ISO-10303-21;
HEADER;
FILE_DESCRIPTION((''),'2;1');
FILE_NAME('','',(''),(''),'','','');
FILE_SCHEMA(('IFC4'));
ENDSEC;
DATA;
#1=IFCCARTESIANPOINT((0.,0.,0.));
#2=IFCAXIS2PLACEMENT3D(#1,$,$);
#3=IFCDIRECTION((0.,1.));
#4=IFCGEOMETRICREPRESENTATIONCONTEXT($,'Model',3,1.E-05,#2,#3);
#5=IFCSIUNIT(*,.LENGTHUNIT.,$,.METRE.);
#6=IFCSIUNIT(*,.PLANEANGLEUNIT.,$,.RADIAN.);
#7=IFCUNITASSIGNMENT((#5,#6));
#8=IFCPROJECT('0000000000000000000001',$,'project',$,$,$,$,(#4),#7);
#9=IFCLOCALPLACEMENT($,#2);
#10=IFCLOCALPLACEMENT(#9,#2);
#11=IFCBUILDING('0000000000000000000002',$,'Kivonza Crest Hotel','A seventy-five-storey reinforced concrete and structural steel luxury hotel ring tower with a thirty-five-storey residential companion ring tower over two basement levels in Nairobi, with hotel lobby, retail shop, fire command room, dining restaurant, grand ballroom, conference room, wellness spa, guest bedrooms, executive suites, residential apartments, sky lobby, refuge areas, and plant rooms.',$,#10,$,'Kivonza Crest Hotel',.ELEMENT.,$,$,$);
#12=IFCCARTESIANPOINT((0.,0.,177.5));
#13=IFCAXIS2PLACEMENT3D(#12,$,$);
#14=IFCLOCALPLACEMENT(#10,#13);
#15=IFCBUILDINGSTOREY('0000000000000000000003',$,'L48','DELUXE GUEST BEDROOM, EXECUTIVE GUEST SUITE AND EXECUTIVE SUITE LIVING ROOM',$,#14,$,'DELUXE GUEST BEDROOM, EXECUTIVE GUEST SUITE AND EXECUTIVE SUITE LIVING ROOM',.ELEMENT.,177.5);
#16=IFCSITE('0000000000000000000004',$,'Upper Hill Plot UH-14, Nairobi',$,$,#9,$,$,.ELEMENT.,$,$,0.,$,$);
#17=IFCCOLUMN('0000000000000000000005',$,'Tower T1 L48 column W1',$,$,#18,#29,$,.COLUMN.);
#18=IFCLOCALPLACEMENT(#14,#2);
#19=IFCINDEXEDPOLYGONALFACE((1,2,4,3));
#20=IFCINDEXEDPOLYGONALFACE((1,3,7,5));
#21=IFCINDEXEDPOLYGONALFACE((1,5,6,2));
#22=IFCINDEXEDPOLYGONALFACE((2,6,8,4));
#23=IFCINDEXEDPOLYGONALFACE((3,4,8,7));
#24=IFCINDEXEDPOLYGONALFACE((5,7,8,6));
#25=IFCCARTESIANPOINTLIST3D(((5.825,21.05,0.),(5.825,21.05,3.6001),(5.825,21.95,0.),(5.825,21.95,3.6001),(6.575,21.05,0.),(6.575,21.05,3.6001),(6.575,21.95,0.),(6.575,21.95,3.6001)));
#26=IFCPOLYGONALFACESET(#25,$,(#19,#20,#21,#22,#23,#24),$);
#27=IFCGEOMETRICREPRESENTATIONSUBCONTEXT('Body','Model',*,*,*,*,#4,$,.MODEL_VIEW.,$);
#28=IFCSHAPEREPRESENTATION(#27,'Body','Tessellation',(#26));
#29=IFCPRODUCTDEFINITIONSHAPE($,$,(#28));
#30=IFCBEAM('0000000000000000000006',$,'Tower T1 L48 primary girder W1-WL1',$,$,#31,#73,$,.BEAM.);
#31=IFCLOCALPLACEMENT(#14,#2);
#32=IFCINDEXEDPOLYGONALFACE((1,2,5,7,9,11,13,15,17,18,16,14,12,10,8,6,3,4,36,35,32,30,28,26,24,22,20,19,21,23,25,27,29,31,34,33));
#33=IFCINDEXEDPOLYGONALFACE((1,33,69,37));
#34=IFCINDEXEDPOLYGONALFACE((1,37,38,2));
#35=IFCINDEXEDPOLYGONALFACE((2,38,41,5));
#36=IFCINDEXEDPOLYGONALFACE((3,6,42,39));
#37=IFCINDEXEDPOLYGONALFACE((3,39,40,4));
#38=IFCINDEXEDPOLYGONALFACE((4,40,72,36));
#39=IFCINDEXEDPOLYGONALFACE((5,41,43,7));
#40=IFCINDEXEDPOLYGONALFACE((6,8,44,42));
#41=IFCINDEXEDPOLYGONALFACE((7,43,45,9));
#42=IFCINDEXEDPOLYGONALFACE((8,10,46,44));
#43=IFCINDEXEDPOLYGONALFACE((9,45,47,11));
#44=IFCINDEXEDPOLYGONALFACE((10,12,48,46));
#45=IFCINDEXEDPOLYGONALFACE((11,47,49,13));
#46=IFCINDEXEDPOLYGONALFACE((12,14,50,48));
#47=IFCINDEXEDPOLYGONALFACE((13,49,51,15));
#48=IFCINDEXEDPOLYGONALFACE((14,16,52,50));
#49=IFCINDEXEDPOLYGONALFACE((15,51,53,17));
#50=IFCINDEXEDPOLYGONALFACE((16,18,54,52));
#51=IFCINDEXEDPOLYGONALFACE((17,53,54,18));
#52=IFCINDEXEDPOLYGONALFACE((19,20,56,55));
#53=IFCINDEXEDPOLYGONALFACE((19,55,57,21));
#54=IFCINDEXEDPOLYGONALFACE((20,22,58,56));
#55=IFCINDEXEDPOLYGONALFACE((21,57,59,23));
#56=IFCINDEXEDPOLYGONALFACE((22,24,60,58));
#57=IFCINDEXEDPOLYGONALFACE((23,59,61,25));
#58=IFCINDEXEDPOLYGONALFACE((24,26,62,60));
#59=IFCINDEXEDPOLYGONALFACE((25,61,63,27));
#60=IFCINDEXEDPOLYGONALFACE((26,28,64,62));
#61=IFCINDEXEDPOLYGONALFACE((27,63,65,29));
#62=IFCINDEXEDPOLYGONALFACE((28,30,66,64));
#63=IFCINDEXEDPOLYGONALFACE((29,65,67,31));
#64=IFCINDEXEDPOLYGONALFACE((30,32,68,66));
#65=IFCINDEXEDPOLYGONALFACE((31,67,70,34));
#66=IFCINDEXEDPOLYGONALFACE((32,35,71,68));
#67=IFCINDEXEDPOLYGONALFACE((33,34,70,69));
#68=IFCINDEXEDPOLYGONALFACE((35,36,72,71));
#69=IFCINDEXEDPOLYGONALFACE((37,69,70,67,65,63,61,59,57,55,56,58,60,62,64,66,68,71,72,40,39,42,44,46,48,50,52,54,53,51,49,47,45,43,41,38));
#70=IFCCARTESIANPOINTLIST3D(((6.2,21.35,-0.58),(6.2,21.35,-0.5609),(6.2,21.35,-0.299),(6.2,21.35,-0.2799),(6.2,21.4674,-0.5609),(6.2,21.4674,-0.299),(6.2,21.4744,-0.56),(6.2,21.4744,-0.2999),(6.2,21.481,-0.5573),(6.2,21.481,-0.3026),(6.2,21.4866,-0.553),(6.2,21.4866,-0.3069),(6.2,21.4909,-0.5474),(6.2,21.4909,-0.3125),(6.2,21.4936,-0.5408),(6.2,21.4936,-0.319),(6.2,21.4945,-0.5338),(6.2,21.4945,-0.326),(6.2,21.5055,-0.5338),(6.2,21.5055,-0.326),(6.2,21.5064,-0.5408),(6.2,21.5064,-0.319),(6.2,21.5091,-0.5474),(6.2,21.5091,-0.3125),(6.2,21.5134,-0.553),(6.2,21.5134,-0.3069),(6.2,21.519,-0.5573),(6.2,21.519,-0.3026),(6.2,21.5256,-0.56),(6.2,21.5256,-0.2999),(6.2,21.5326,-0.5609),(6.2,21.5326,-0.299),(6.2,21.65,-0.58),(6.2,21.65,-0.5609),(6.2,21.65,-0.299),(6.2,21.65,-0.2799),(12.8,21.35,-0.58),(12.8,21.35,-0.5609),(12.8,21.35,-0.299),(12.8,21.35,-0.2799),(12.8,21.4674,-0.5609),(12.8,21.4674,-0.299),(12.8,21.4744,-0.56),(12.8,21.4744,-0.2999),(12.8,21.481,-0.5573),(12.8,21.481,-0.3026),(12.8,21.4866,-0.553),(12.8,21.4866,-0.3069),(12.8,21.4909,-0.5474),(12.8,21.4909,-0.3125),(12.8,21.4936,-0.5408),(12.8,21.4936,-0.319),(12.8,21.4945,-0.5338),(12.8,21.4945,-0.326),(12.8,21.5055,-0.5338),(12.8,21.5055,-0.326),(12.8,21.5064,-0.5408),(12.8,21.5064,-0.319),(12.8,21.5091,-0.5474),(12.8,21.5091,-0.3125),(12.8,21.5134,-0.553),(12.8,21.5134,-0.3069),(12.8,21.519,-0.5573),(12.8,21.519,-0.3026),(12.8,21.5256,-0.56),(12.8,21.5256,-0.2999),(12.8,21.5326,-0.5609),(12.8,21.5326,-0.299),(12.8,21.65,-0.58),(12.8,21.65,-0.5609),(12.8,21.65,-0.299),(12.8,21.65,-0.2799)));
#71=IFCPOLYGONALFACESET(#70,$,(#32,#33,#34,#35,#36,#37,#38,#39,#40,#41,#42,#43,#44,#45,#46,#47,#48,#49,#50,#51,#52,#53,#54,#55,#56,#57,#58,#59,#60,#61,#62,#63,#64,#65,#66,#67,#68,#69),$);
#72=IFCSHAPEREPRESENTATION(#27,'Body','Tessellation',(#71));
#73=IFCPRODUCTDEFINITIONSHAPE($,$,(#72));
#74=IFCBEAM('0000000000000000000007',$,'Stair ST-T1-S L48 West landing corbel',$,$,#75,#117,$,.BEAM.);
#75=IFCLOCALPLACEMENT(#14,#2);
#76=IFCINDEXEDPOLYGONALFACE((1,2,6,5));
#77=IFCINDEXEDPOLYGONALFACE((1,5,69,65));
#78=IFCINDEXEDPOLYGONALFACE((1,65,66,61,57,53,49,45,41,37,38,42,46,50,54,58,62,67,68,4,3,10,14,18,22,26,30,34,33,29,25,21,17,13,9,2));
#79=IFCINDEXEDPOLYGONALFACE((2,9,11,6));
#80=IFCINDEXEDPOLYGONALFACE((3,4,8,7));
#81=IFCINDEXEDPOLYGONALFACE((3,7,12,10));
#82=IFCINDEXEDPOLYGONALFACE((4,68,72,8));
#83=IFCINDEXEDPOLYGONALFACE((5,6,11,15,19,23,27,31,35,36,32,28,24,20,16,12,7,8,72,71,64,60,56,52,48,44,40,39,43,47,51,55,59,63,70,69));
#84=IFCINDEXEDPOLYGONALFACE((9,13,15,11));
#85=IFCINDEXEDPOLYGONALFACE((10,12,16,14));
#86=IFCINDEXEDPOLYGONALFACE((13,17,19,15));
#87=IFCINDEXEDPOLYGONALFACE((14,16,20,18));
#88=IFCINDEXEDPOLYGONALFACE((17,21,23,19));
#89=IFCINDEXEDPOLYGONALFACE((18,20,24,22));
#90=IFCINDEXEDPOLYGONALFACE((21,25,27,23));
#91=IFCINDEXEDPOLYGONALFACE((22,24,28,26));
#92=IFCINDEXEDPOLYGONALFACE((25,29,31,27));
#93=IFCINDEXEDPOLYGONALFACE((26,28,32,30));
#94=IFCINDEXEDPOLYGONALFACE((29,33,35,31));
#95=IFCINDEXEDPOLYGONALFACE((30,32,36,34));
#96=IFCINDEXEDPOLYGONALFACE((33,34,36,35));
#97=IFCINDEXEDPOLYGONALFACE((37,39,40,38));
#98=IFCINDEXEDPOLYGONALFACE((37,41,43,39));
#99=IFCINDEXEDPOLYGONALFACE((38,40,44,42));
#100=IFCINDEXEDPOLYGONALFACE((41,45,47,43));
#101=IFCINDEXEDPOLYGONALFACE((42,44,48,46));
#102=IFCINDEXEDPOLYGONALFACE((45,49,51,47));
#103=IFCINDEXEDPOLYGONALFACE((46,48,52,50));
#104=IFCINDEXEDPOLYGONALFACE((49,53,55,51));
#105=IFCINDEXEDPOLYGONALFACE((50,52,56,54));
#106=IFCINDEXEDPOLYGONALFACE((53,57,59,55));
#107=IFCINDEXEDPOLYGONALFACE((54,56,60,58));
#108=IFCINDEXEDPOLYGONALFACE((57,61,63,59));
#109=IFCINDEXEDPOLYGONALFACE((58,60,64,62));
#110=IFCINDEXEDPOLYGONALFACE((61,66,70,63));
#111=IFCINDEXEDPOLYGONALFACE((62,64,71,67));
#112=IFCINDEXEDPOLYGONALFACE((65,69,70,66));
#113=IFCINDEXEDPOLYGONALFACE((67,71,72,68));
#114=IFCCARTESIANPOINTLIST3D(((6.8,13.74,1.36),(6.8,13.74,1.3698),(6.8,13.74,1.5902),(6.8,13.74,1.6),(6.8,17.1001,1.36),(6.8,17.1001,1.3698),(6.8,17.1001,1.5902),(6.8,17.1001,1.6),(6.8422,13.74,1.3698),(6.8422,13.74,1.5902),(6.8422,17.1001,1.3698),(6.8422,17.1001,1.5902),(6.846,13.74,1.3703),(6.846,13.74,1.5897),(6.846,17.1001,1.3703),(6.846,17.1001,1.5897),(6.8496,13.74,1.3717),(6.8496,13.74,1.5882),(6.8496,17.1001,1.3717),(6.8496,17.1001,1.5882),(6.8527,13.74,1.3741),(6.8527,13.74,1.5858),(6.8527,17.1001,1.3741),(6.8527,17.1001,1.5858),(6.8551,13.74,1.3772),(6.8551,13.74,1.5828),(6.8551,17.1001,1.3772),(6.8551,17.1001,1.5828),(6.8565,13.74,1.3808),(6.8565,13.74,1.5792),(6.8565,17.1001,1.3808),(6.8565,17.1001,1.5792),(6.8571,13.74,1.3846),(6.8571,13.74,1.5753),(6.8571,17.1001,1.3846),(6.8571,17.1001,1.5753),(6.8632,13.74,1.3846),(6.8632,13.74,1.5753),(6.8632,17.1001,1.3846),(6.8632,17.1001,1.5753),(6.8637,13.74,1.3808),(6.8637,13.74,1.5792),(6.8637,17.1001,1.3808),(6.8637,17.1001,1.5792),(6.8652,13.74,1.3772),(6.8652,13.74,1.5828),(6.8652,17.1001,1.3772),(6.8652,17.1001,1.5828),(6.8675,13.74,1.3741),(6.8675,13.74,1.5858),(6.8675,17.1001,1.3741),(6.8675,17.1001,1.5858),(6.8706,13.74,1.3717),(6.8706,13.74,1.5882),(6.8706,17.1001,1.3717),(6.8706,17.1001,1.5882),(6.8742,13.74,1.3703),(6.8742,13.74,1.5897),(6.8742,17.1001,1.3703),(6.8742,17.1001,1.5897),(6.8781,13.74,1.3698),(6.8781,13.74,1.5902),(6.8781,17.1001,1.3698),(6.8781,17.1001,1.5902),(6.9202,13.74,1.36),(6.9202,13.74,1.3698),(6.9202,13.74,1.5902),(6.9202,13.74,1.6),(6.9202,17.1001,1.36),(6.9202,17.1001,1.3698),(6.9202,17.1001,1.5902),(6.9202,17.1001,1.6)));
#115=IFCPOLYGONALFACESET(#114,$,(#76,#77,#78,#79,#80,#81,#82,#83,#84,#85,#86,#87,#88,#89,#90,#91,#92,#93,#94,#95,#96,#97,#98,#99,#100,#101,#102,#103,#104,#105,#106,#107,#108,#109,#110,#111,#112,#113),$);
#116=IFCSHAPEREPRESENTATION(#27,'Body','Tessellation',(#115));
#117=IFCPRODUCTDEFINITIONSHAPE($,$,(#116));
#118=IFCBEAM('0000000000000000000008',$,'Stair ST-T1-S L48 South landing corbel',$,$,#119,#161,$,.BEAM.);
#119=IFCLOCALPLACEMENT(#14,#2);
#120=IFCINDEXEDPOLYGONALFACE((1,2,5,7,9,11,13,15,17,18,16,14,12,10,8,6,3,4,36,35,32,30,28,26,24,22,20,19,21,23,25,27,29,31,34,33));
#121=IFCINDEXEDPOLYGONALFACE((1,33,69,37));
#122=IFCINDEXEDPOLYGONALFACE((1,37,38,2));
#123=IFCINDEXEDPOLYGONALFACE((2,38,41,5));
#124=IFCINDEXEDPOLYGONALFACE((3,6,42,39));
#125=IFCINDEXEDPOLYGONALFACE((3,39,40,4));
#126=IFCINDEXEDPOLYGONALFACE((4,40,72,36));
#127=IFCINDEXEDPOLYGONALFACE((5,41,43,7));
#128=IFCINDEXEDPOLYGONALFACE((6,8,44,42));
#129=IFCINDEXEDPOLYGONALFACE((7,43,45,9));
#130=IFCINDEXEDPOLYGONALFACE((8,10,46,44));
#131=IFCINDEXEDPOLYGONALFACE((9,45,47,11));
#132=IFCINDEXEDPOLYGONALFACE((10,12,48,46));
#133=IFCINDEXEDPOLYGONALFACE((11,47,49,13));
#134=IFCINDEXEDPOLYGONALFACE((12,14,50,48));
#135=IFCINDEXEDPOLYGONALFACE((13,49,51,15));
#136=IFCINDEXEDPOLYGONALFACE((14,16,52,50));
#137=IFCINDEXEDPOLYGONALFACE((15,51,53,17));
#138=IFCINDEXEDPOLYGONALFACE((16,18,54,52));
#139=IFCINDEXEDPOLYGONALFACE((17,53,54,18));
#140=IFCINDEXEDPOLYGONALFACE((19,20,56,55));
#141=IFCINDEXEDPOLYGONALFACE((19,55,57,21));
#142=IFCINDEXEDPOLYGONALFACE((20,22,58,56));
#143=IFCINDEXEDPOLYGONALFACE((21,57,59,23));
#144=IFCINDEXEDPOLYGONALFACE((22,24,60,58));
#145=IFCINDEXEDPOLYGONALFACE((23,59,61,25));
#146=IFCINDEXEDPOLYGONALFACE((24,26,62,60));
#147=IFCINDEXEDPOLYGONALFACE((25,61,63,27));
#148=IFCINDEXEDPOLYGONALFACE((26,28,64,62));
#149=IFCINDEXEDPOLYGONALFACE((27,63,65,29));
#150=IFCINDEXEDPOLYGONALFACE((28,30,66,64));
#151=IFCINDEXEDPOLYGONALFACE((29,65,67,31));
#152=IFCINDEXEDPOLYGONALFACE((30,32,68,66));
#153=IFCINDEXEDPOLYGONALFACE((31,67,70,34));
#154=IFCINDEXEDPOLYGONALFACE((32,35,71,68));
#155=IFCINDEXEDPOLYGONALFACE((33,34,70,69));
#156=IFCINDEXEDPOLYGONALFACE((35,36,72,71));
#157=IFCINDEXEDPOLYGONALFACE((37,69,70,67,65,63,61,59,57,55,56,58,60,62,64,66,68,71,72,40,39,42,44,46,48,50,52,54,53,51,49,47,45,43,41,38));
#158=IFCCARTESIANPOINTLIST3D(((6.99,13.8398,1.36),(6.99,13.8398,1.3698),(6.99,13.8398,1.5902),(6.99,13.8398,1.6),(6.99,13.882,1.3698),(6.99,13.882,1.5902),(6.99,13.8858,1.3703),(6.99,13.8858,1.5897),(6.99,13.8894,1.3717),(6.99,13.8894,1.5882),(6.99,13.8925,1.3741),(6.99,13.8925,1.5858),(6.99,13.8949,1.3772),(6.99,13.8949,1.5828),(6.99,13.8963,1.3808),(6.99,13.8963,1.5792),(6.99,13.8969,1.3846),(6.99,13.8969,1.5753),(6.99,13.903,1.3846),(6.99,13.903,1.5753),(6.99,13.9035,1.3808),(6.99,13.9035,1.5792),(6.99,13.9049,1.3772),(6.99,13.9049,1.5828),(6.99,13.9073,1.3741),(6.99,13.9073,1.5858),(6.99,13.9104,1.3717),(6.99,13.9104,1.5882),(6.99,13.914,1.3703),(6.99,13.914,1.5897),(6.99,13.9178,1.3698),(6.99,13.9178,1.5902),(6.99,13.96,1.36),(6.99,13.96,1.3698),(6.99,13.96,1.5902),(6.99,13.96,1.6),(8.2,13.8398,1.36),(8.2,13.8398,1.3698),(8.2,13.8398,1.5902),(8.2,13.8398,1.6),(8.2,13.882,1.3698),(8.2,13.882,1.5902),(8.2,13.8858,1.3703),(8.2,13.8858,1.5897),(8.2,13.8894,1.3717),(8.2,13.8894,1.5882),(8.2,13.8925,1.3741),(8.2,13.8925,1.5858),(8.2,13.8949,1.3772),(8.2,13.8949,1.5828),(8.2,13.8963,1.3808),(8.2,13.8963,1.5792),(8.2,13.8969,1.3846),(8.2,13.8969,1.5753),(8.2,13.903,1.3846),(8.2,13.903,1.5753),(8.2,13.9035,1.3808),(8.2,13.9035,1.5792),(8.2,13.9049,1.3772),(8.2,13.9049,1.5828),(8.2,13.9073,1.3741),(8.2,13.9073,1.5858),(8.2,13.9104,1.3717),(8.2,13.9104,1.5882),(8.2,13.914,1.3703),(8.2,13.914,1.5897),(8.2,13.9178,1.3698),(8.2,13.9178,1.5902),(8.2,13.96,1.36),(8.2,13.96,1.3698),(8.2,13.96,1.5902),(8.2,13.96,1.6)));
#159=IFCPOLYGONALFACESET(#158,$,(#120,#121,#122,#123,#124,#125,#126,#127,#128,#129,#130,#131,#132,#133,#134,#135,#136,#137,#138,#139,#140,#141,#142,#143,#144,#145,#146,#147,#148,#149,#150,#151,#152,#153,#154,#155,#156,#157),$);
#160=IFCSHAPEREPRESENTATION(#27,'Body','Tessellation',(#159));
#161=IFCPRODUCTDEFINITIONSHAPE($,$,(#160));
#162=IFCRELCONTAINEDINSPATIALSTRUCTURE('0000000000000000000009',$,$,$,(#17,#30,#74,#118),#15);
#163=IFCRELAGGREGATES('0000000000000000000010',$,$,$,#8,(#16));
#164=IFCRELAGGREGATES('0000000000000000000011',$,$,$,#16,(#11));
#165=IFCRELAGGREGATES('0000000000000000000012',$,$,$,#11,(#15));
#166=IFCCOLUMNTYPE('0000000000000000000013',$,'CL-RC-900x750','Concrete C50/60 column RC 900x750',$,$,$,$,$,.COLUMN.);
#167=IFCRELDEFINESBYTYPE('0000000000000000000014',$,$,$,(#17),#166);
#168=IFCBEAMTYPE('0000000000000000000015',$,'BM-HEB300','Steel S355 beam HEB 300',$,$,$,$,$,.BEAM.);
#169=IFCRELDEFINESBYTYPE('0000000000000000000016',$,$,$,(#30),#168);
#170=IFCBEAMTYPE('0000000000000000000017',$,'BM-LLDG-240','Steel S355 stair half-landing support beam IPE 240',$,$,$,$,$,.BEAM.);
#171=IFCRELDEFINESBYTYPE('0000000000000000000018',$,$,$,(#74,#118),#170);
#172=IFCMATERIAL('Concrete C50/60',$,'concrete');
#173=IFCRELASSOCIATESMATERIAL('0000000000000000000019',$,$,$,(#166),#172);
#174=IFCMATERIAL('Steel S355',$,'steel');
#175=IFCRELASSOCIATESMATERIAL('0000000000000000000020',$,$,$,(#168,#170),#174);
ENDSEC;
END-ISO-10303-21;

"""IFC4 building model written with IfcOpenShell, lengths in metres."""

from ifc_helpers import new_model, si_unit, direction, frame, origin, origin_2d, place, context, subcontext, project, spatial, rectangle, i_section, extrude, material, material_profile, profile_set, type_object, element, save


model = new_model("IFC4")

# Units and contexts
model_context = context("Model", 3, precision=1e-05, world=origin(), true_north=direction((0.0, 1.0)))
body_context = subcontext(model_context, "Body", "Model", "MODEL_VIEW")
ifc_project = project(units=[si_unit("LENGTHUNIT", "METRE"), si_unit("PLANEANGLEUNIT", "RADIAN")], contexts=[model_context])

# Site, building, storey
site_placement = place(None, origin())
site = spatial("IfcSite", under=ifc_project, at=site_placement, Name="Upper Hill Plot UH-14, Nairobi", CompositionType="ELEMENT", RefElevation=0.0)
building_placement = place(site_placement, origin())
building = spatial("IfcBuilding", under=site, at=building_placement, Name="Kivonza Crest Hotel", Description="A seventy-five-storey reinforced concrete and structural steel luxury hotel ring tower with a thirty-five-storey residential companion ring tower over two basement levels in Nairobi, with hotel lobby, retail shop, fire command room, dining restaurant, grand ballroom, conference room, wellness spa, guest bedrooms, executive suites, residential apartments, sky lobby, refuge areas, and plant rooms.", LongName="Kivonza Crest Hotel", CompositionType="ELEMENT")
storey_placement = place(building_placement, frame((0.0, 0.0, 177.5)))
storey = spatial("IfcBuildingStorey", under=building, at=storey_placement, Name="L48", Description="DELUXE GUEST BEDROOM, EXECUTIVE GUEST SUITE AND EXECUTIVE SUITE LIVING ROOM", LongName="DELUXE GUEST BEDROOM, EXECUTIVE GUEST SUITE AND EXECUTIVE SUITE LIVING ROOM", CompositionType="ELEMENT", Elevation=177.5)

# Column
ifc_material_1 = material(Name="Concrete C50/60", Category="concrete")
ifc_material_profile_1 = material_profile(ifc_material_1, rectangle(XDim=0.75, YDim=0.8999, at=origin_2d()), Name="RC 900x750")
ifc_profile_set_1 = profile_set([ifc_material_profile_1], Name="Concrete C50/60")
column_type = type_object("IfcColumnType", Name="CL-RC-900x750", Description="Concrete C50/60 column RC 900x750", PredefinedType="COLUMN", material=ifc_profile_set_1)
column_placement = place(storey_placement, frame((6.2, 21.5, 0.0), z_axis=(0.0, 0.0, 1.0), x_axis=(1.0, 0.0, 0.0)))
element("IfcColumn", 1, at=column_placement, inside=storey, type_object=column_type, Name="Tower T1 L48 column W1", PredefinedType="COLUMN", context=body_context, shape_type="SweptSolid", body=[
    extrude(rectangle(XDim=0.75, YDim=0.8999, at=origin_2d()), origin(), (0.0, 0.0, 1.0), 3.6001),
])

# Beams
ifc_material_2 = material(Name="Steel S355", Category="steel")
ifc_material_profile_2 = material_profile(ifc_material_2, i_section(OverallWidth=0.3, OverallDepth=0.3, WebThickness=0.011, FlangeThickness=0.019, FilletRadius=0.0271, at=origin_2d()), Name="HEB 300")
ifc_profile_set_2 = profile_set([ifc_material_profile_2], Name="Steel S355")
beam_type_1 = type_object("IfcBeamType", Name="BM-HEB300", Description="Steel S355 beam HEB 300", PredefinedType="BEAM", material=ifc_profile_set_2)
beam_1_placement = place(storey_placement, frame((6.2, 21.5, -0.4299), z_axis=(1.0, 0.0, 0.0), x_axis=(0.0, 1.0, 0.0)))
element("IfcBeam", 2, at=beam_1_placement, inside=storey, type_object=beam_type_1, Name="Tower T1 L48 primary girder W1-WL1", PredefinedType="BEAM", context=body_context, shape_type="SweptSolid", body=[
    extrude(i_section(OverallWidth=0.3, OverallDepth=0.3, WebThickness=0.011, FlangeThickness=0.019, FilletRadius=0.0271, at=origin_2d()), origin(), (0.0, 0.0, 1.0), 6.6001),
])
ifc_material_profile_3 = material_profile(ifc_material_2, i_section(OverallWidth=0.1201, OverallDepth=0.24, WebThickness=0.0061, FlangeThickness=0.0098, FilletRadius=0.0149, at=origin_2d()), Name="IPE 240")
ifc_profile_set_3 = profile_set([ifc_material_profile_3], Name="Steel S355")
beam_type_2 = type_object("IfcBeamType", Name="BM-LLDG-240", Description="Steel S355 stair half-landing support beam IPE 240", PredefinedType="BEAM", material=ifc_profile_set_3)
beam_2_placement = place(storey_placement, frame((6.8601, 13.74, 1.48), z_axis=(0.0, 1.0, 0.0), x_axis=(-1.0, 0.0, 0.0)))
element("IfcBeam", 3, at=beam_2_placement, inside=storey, type_object=beam_type_2, Name="Stair ST-T1-S L48 West landing corbel", PredefinedType="BEAM", context=body_context, shape_type="SweptSolid", body=[
    extrude(i_section(OverallWidth=0.1201, OverallDepth=0.24, WebThickness=0.0061, FlangeThickness=0.0098, FilletRadius=0.0149, at=origin_2d()), origin(), (0.0, 0.0, 1.0), 3.3601),
])
for number, where, z_axis, x_axis, name in (
    (4, (6.99, 13.8999, 1.48), (1.0, 0.0, 0.0), (0.0, 1.0, 0.0), "Stair ST-T1-S L48 South landing corbel"),
):
    element("IfcBeam", number, at=place(storey_placement, frame(where, z_axis=z_axis, x_axis=x_axis)), inside=storey, type_object=beam_type_2, Name=name, PredefinedType="BEAM", context=body_context, shape_type="SweptSolid", body=[
        extrude(i_section(OverallWidth=0.1201, OverallDepth=0.24, WebThickness=0.0061, FlangeThickness=0.0098, FilletRadius=0.0149, at=origin_2d()), origin(), (0.0, 0.0, 1.0), 1.21),
    ])

save(model, "model.ifc")
